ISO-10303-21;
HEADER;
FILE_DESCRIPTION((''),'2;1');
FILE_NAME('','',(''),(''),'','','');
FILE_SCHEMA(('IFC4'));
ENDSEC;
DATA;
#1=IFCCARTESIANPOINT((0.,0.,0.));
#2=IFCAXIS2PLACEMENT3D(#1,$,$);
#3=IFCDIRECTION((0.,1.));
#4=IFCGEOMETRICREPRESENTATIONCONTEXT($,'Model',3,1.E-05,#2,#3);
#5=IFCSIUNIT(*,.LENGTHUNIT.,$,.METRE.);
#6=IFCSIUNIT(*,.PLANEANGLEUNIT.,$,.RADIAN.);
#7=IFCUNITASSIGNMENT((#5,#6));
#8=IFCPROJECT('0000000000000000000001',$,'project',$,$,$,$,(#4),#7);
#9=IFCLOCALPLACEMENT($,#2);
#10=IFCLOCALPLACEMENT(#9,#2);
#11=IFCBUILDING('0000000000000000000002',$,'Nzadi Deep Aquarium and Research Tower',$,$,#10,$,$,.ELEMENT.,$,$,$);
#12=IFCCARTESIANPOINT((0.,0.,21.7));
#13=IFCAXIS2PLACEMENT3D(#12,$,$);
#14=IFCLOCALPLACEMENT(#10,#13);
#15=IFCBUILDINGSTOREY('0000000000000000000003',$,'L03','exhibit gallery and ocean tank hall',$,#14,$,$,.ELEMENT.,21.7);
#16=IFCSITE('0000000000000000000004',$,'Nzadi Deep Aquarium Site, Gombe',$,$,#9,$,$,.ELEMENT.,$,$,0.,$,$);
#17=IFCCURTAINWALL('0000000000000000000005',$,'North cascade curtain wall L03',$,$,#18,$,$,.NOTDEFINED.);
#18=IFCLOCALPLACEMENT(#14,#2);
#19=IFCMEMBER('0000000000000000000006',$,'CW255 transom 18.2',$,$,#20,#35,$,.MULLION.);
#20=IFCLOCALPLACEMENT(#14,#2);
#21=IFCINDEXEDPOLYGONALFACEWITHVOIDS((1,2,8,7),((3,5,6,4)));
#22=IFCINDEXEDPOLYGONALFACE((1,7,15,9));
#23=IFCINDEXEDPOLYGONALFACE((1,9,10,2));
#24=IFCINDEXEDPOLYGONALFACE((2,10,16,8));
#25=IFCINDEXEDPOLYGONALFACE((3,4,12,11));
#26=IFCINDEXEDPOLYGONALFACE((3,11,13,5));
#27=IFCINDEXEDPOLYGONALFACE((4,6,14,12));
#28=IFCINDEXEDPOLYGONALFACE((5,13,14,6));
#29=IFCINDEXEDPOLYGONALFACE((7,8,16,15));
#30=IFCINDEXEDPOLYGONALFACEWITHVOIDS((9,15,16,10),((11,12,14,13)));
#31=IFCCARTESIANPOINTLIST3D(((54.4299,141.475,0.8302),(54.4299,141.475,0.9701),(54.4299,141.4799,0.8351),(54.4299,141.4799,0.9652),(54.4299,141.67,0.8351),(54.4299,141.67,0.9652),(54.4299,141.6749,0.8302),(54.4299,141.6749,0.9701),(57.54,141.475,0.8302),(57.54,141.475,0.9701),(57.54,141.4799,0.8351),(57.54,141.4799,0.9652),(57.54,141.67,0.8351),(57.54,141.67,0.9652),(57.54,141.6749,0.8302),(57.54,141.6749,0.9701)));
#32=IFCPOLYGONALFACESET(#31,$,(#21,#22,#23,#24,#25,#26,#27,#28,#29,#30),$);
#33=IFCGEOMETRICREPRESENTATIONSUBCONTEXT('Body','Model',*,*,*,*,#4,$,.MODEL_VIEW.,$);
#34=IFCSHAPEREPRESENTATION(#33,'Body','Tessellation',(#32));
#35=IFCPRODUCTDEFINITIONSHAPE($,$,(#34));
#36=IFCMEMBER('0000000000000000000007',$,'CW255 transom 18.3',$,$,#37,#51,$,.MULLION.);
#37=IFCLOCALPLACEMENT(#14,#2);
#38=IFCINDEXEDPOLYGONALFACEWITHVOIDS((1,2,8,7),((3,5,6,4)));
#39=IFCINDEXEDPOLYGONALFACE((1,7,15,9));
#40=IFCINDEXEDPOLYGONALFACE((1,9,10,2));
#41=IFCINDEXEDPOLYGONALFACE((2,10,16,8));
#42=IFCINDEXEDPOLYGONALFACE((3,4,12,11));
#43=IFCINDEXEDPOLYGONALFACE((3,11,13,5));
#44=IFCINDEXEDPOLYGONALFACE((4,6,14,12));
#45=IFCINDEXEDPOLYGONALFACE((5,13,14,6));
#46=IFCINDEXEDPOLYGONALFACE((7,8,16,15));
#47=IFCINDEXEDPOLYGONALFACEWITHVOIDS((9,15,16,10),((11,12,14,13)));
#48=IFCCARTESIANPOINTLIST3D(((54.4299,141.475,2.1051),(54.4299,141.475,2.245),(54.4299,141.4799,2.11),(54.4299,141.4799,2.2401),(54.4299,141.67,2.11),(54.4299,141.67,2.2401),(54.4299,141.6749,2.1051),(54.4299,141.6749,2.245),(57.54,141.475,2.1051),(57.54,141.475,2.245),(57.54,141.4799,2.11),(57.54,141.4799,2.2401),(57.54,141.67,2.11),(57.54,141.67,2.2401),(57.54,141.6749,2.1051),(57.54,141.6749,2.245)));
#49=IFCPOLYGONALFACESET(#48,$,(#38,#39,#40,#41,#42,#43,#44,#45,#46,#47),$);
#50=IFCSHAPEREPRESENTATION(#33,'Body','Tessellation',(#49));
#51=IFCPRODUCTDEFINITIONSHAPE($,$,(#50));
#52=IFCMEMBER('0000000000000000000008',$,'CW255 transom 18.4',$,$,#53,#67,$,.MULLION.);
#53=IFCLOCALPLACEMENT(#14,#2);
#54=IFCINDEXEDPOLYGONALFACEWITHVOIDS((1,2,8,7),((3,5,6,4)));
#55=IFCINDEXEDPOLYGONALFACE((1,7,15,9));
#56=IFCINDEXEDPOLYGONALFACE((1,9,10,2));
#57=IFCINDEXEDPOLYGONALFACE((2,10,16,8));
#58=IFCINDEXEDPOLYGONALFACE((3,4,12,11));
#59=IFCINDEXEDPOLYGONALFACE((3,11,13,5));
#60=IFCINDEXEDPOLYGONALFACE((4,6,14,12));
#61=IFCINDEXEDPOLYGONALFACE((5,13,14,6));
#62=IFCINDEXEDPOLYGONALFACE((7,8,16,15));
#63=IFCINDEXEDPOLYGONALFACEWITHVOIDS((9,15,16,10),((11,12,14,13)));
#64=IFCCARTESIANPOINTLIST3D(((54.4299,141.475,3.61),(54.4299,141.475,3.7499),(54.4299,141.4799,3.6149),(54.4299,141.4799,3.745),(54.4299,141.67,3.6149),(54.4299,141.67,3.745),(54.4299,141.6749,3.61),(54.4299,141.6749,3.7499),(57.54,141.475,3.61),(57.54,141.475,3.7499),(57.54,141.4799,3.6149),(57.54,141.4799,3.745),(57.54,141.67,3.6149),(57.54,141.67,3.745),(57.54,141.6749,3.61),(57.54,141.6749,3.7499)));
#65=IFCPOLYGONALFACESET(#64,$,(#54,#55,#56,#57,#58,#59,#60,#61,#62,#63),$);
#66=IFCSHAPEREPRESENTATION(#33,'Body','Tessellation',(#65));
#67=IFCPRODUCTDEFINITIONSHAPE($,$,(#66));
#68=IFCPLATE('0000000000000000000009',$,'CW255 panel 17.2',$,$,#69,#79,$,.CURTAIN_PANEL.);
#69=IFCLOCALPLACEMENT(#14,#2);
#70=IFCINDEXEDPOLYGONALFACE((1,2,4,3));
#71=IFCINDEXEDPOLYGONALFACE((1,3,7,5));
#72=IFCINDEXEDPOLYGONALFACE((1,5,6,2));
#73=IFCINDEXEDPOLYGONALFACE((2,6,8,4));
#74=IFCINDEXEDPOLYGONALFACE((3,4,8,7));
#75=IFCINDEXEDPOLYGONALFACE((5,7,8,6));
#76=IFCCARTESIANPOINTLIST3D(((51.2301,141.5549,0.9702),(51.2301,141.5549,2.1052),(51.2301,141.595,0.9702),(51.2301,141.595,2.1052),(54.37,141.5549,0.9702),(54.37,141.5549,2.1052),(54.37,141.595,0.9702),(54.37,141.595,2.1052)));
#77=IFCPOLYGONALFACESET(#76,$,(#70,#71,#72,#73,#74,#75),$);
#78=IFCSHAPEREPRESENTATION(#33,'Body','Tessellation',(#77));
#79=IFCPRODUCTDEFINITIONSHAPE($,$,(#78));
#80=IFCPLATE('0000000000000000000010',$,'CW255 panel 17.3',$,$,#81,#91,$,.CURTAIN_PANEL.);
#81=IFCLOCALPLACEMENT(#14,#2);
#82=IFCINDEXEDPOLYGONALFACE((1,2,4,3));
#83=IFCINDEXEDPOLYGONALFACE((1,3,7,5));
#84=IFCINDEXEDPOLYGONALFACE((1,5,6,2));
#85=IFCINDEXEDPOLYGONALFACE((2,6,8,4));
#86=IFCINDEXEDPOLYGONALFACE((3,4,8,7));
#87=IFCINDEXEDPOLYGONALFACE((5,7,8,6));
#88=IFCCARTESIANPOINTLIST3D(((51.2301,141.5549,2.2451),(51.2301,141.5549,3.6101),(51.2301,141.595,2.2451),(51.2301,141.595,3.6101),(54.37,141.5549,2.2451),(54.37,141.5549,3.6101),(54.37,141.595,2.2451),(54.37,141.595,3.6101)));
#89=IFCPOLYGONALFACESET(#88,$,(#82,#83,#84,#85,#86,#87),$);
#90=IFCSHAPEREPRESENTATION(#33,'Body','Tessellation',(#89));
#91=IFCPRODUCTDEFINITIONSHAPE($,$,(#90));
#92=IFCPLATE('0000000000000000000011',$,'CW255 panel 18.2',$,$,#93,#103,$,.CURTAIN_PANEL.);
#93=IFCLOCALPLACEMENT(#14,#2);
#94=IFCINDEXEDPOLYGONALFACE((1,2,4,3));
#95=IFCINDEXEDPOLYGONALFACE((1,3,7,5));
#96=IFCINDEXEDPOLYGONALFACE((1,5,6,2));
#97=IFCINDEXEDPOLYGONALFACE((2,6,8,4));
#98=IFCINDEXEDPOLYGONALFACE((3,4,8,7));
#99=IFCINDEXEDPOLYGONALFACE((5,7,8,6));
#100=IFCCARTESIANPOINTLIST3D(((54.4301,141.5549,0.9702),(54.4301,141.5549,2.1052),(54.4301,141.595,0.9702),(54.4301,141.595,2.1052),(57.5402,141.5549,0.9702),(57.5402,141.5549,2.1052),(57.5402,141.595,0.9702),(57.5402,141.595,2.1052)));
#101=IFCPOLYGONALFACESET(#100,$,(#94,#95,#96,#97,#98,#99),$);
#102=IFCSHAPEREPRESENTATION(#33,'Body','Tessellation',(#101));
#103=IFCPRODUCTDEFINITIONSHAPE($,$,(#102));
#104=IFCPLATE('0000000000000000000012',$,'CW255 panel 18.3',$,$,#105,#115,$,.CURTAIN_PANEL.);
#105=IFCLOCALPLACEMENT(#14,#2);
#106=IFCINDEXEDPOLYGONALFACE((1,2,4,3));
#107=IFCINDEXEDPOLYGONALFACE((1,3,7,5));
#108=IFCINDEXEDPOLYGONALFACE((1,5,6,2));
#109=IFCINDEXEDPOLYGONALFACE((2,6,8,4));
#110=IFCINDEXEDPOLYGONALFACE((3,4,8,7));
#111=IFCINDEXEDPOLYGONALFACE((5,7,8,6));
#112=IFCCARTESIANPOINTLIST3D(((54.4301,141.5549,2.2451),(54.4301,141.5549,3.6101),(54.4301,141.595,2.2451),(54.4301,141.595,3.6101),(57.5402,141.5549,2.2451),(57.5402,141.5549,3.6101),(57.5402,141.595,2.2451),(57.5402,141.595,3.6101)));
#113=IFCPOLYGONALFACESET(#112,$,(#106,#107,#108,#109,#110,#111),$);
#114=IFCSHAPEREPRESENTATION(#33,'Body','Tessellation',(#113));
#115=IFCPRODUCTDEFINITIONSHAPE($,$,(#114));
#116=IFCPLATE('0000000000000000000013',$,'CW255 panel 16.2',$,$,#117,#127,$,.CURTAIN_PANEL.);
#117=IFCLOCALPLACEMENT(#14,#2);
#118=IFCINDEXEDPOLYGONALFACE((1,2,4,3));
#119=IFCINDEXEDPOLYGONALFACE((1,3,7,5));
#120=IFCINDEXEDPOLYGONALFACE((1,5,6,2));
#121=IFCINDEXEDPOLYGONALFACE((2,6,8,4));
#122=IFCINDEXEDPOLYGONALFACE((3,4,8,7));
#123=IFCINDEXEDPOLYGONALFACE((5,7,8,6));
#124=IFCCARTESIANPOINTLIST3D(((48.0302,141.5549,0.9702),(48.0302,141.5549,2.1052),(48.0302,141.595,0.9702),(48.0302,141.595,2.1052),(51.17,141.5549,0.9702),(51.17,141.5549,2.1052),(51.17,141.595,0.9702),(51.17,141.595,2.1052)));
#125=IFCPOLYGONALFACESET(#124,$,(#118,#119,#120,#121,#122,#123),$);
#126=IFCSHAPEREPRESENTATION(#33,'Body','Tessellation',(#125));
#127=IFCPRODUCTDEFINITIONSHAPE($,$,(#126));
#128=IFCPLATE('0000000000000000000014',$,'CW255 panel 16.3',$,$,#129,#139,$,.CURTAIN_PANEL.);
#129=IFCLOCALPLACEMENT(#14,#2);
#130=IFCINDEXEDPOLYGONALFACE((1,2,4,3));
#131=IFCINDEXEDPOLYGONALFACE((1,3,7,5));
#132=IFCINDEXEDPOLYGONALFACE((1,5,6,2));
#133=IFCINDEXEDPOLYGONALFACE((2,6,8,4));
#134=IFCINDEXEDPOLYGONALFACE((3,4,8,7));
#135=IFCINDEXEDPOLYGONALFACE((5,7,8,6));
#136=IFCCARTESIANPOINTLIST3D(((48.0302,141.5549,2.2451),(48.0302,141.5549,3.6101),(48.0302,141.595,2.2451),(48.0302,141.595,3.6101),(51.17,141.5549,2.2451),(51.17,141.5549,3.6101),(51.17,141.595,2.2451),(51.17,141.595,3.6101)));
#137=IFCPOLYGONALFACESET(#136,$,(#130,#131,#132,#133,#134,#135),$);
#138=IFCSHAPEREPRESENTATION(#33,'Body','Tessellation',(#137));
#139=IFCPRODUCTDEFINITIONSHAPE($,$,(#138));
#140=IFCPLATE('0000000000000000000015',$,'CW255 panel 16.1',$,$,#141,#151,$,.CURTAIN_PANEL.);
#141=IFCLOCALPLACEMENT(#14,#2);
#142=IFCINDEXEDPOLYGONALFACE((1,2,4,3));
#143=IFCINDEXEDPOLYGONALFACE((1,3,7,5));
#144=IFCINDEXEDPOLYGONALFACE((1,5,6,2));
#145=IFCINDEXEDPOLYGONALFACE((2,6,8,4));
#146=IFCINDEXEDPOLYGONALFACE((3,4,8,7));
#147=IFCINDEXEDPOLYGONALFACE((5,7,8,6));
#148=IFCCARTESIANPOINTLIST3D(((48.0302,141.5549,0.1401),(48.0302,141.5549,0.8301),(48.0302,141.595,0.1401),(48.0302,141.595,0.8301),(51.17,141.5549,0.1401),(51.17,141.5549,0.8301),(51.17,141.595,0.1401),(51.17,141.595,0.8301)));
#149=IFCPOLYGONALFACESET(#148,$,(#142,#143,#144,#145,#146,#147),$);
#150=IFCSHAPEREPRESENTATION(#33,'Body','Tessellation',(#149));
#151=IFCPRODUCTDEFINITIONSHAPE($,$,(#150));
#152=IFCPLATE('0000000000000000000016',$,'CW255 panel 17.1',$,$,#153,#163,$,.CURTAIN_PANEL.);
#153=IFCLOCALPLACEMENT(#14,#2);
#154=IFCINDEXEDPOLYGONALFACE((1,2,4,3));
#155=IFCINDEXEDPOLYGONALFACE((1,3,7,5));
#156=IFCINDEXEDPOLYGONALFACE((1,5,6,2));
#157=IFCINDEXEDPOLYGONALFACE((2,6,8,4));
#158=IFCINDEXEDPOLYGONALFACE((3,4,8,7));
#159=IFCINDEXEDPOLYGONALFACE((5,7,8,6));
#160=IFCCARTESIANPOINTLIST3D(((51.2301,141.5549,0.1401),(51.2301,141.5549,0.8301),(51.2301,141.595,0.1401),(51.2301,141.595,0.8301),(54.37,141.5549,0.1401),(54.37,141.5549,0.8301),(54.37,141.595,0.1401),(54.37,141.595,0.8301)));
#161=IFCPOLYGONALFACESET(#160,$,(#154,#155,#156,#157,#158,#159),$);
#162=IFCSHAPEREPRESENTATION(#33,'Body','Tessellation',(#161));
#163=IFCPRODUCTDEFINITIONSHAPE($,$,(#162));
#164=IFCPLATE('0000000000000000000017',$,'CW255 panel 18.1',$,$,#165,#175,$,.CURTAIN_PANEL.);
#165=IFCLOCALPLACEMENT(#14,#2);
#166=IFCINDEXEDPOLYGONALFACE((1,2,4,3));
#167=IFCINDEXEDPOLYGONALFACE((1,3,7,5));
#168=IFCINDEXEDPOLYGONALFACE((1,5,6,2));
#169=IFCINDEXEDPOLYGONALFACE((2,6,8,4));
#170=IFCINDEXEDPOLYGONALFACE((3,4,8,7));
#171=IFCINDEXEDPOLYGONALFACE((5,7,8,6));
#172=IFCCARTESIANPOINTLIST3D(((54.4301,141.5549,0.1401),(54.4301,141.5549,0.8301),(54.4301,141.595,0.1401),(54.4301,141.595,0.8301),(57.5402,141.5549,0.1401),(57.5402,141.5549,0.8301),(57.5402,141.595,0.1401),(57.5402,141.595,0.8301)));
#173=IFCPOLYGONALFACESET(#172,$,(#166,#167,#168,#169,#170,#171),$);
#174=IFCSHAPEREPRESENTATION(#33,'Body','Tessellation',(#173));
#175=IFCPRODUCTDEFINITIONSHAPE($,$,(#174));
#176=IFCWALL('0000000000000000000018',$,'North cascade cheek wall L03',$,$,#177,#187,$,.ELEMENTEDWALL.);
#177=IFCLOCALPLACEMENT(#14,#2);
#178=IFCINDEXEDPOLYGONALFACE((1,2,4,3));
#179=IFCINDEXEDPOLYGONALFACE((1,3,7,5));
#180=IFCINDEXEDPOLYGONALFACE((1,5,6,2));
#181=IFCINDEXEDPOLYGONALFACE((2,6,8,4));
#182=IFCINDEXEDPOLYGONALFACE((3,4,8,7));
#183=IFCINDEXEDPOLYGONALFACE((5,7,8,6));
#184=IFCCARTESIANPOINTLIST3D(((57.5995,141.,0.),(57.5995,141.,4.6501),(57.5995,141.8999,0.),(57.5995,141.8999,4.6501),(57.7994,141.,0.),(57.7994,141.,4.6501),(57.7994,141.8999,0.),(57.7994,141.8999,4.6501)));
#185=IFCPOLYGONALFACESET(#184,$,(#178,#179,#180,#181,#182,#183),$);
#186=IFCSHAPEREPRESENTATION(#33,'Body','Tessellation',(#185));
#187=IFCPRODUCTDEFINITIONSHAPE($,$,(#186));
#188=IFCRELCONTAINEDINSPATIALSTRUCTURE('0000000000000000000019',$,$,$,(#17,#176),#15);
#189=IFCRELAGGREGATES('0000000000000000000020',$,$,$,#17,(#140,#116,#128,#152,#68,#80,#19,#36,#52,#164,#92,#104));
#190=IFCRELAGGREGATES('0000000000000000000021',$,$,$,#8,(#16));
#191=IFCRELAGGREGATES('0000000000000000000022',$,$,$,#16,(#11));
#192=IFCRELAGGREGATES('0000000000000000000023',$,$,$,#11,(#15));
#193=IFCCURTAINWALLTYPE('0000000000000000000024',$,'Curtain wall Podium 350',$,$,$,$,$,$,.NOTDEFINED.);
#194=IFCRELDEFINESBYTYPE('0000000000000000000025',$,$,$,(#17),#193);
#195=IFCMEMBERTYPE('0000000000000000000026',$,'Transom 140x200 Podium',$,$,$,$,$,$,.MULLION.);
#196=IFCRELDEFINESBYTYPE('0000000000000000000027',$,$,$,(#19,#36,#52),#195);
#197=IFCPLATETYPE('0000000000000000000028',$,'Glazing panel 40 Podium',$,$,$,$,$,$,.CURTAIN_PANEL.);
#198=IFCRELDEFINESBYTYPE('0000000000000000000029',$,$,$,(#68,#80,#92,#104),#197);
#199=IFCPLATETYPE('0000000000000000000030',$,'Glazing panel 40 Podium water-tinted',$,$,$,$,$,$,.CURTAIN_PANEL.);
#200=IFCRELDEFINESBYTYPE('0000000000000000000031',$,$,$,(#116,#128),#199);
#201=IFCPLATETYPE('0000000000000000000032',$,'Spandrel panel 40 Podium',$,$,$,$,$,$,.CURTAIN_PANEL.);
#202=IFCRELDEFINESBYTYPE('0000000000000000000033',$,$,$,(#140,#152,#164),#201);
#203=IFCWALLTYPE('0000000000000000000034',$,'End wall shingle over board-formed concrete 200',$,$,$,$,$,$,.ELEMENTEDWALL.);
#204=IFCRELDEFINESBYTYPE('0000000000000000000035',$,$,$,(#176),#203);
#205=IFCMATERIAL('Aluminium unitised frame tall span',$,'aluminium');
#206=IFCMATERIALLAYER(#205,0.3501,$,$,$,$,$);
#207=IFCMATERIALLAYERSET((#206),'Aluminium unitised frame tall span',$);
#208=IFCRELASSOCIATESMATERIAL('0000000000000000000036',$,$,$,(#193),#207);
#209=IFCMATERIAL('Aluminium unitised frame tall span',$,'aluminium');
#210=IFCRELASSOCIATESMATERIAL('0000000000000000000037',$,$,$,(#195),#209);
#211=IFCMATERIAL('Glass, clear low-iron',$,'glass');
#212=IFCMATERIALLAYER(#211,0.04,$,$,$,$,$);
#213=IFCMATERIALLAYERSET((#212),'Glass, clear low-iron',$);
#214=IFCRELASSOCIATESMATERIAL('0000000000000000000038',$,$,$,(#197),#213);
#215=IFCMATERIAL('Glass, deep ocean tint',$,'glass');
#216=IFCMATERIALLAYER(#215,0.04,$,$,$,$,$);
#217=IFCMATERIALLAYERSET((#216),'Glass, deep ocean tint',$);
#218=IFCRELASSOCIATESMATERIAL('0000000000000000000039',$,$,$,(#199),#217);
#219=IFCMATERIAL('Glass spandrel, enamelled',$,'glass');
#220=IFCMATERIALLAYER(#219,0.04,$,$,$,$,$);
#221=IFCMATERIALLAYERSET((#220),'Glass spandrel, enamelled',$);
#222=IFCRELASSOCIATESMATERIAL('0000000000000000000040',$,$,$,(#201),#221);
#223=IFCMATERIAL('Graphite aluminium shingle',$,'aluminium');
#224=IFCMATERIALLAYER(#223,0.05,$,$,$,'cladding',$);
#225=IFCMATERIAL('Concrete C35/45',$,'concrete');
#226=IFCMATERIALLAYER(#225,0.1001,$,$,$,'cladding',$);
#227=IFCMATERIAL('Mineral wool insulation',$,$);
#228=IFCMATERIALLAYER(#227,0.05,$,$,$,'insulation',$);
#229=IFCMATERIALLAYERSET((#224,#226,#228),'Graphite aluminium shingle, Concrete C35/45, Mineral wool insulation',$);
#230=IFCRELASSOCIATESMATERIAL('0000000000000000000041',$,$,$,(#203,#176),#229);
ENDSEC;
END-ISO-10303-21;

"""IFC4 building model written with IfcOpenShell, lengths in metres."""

from ifc_helpers import new_model, si_unit, direction, frame, frame_2d, origin, origin_2d, place, context, subcontext, project, spatial, rectangle, hollow_rectangle, extrude, material, layer, layer_set, layer_usage, material_profile, profile_set, type_object, element, aggregate, save


model = new_model("IFC4")

# Units and contexts
model_context = context("Model", 3, precision=1e-05, world=origin(), true_north=direction((0.0, 1.0)))
body_context = subcontext(model_context, "Body", "Model", "MODEL_VIEW")
ifc_project = project(units=[si_unit("LENGTHUNIT", "METRE"), si_unit("PLANEANGLEUNIT", "RADIAN")], contexts=[model_context])

# Site, building, storey
site_placement = place(None, origin())
site = spatial("IfcSite", under=ifc_project, at=site_placement, Name="Nzadi Deep Aquarium Site, Gombe", CompositionType="ELEMENT", RefElevation=0.0)
building_placement = place(site_placement, origin())
building = spatial("IfcBuilding", under=site, at=building_placement, Name="Nzadi Deep Aquarium and Research Tower", CompositionType="ELEMENT")
storey_placement = place(building_placement, frame((0.0, 0.0, 21.7)))
storey = spatial("IfcBuildingStorey", under=building, at=storey_placement, Name="L03", Description="exhibit gallery and ocean tank hall", CompositionType="ELEMENT", Elevation=21.7)

# Curtain wall
ifc_material_1 = material(Name="Aluminium unitised frame tall span", Category="aluminium")
ifc_layer_1 = layer(ifc_material_1, 0.3501)
ifc_layer_set_1 = layer_set([ifc_layer_1], Name="Aluminium unitised frame tall span")
curtain_wall_type = type_object("IfcCurtainWallType", Name="Curtain wall Podium 350", PredefinedType="NOTDEFINED", material=ifc_layer_set_1)
curtain_wall_placement = place(storey_placement, origin())
curtain_wall = element("IfcCurtainWall", 1, at=curtain_wall_placement, inside=storey, type_object=curtain_wall_type, Name="North cascade curtain wall L03", PredefinedType="NOTDEFINED")

# Members
ifc_material_2 = material(Name="Aluminium unitised frame tall span", Category="aluminium")
ifc_material_profile_1 = material_profile(ifc_material_2, hollow_rectangle(XDim=0.2, YDim=0.1399, WallThickness=0.0049, at=origin_2d()))
ifc_profile_set_1 = profile_set([ifc_material_profile_1], Name="Aluminium unitised frame tall span")
member_type_1 = type_object("IfcMemberType", Name="Transom 140x200 Podium", PredefinedType="MULLION", material=ifc_profile_set_1)
member_1_placement = place(storey_placement, frame((54.4299, 141.575, 0.9001), z_axis=(1.0, 0.0, 0.0), x_axis=(0.0, 1.0, 0.0)))
member_1 = element("IfcMember", 2, at=member_1_placement, type_object=member_type_1, Name="CW255 transom 18.2", PredefinedType="MULLION", context=body_context, shape_type="SweptSolid", body=[
    extrude(hollow_rectangle(XDim=0.2, YDim=0.1399, WallThickness=0.0049, at=origin_2d()), origin(), (0.0, 0.0, 1.0), 3.1101),
])
member_2_placement = place(storey_placement, frame((54.4299, 141.575, 2.175), z_axis=(1.0, 0.0, 0.0), x_axis=(0.0, 1.0, 0.0)))
member_2 = element("IfcMember", 3, at=member_2_placement, type_object=member_type_1, Name="CW255 transom 18.3", PredefinedType="MULLION", context=body_context, shape_type="SweptSolid", body=[
    extrude(hollow_rectangle(XDim=0.2, YDim=0.1399, WallThickness=0.0049, at=origin_2d()), origin(), (0.0, 0.0, 1.0), 3.1101),
])
member_3_placement = place(storey_placement, frame((54.4299, 141.575, 3.6799), z_axis=(1.0, 0.0, 0.0), x_axis=(0.0, 1.0, 0.0)))
member_3 = element("IfcMember", 4, at=member_3_placement, type_object=member_type_1, Name="CW255 transom 18.4", PredefinedType="MULLION", context=body_context, shape_type="SweptSolid", body=[
    extrude(hollow_rectangle(XDim=0.2, YDim=0.1399, WallThickness=0.0049, at=origin_2d()), origin(), (0.0, 0.0, 1.0), 3.1101),
])

# Plates
ifc_material_3 = material(Name="Glass, clear low-iron", Category="glass")
ifc_layer_2 = layer(ifc_material_3, 0.04)
ifc_layer_set_2 = layer_set([ifc_layer_2], Name="Glass, clear low-iron")
plate_type_1 = type_object("IfcPlateType", Name="Glazing panel 40 Podium", PredefinedType="CURTAIN_PANEL", material=ifc_layer_set_2)
plate_1_placement = place(storey_placement, frame((52.8, 141.575, 0.9702), z_axis=(0.0, 0.0, 1.0), x_axis=(1.0, 0.0, 0.0)))
plate_1 = element("IfcPlate", 5, at=plate_1_placement, type_object=plate_type_1, Name="CW255 panel 17.2", PredefinedType="CURTAIN_PANEL", context=body_context, shape_type="SweptSolid", body=[
    extrude(rectangle(XDim=3.1399, YDim=0.04, at=origin_2d()), origin(), (0.0, 0.0, 1.0), 1.135),
])
plate_2_placement = place(storey_placement, frame((52.8, 141.575, 2.2451), z_axis=(0.0, 0.0, 1.0), x_axis=(1.0, 0.0, 0.0)))
plate_2 = element("IfcPlate", 6, at=plate_2_placement, type_object=plate_type_1, Name="CW255 panel 17.3", PredefinedType="CURTAIN_PANEL", context=body_context, shape_type="SweptSolid", body=[
    extrude(rectangle(XDim=3.1399, YDim=0.04, at=origin_2d()), origin(), (0.0, 0.0, 1.0), 1.365),
])
plate_3_placement = place(storey_placement, frame((55.9851, 141.575, 0.9702), z_axis=(0.0, 0.0, 1.0), x_axis=(1.0, 0.0, 0.0)))
plate_3 = element("IfcPlate", 7, at=plate_3_placement, type_object=plate_type_1, Name="CW255 panel 18.2", PredefinedType="CURTAIN_PANEL", context=body_context, shape_type="SweptSolid", body=[
    extrude(rectangle(XDim=3.1101, YDim=0.04, at=origin_2d()), origin(), (0.0, 0.0, 1.0), 1.135),
])
plate_4_placement = place(storey_placement, frame((55.9851, 141.575, 2.2451), z_axis=(0.0, 0.0, 1.0), x_axis=(1.0, 0.0, 0.0)))
plate_4 = element("IfcPlate", 8, at=plate_4_placement, type_object=plate_type_1, Name="CW255 panel 18.3", PredefinedType="CURTAIN_PANEL", context=body_context, shape_type="SweptSolid", body=[
    extrude(rectangle(XDim=3.1101, YDim=0.04, at=origin_2d()), origin(), (0.0, 0.0, 1.0), 1.365),
])
ifc_material_4 = material(Name="Glass, deep ocean tint", Category="glass")
ifc_layer_3 = layer(ifc_material_4, 0.04)
ifc_layer_set_3 = layer_set([ifc_layer_3], Name="Glass, deep ocean tint")
plate_type_2 = type_object("IfcPlateType", Name="Glazing panel 40 Podium water-tinted", PredefinedType="CURTAIN_PANEL", material=ifc_layer_set_3)
plate_5_placement = place(storey_placement, frame((49.6001, 141.575, 0.9702), z_axis=(0.0, 0.0, 1.0), x_axis=(1.0, 0.0, 0.0)))
plate_5 = element("IfcPlate", 9, at=plate_5_placement, type_object=plate_type_2, Name="CW255 panel 16.2", PredefinedType="CURTAIN_PANEL", context=body_context, shape_type="SweptSolid", body=[
    extrude(rectangle(XDim=3.1399, YDim=0.04, at=origin_2d()), origin(), (0.0, 0.0, 1.0), 1.135),
])
plate_6_placement = place(storey_placement, frame((49.6001, 141.575, 2.2451), z_axis=(0.0, 0.0, 1.0), x_axis=(1.0, 0.0, 0.0)))
plate_6 = element("IfcPlate", 10, at=plate_6_placement, type_object=plate_type_2, Name="CW255 panel 16.3", PredefinedType="CURTAIN_PANEL", context=body_context, shape_type="SweptSolid", body=[
    extrude(rectangle(XDim=3.1399, YDim=0.04, at=origin_2d()), origin(), (0.0, 0.0, 1.0), 1.365),
])
ifc_material_5 = material(Name="Glass spandrel, enamelled", Category="glass")
ifc_layer_4 = layer(ifc_material_5, 0.04)
ifc_layer_set_4 = layer_set([ifc_layer_4], Name="Glass spandrel, enamelled")
plate_type_3 = type_object("IfcPlateType", Name="Spandrel panel 40 Podium", PredefinedType="CURTAIN_PANEL", material=ifc_layer_set_4)
plate_7_placement = place(storey_placement, frame((49.6001, 141.575, 0.1401), z_axis=(0.0, 0.0, 1.0), x_axis=(1.0, 0.0, 0.0)))
plate_7 = element("IfcPlate", 11, at=plate_7_placement, type_object=plate_type_3, Name="CW255 panel 16.1", PredefinedType="CURTAIN_PANEL", context=body_context, shape_type="SweptSolid", body=[
    extrude(rectangle(XDim=3.1399, YDim=0.04, at=origin_2d()), origin(), (0.0, 0.0, 1.0), 0.6899),
])
plate_8_placement = place(storey_placement, frame((52.8, 141.575, 0.1401), z_axis=(0.0, 0.0, 1.0), x_axis=(1.0, 0.0, 0.0)))
plate_8 = element("IfcPlate", 12, at=plate_8_placement, type_object=plate_type_3, Name="CW255 panel 17.1", PredefinedType="CURTAIN_PANEL", context=body_context, shape_type="SweptSolid", body=[
    extrude(rectangle(XDim=3.1399, YDim=0.04, at=origin_2d()), origin(), (0.0, 0.0, 1.0), 0.6899),
])
plate_9_placement = place(storey_placement, frame((55.9851, 141.575, 0.1401), z_axis=(0.0, 0.0, 1.0), x_axis=(1.0, 0.0, 0.0)))
plate_9 = element("IfcPlate", 13, at=plate_9_placement, type_object=plate_type_3, Name="CW255 panel 18.1", PredefinedType="CURTAIN_PANEL", context=body_context, shape_type="SweptSolid", body=[
    extrude(rectangle(XDim=3.1101, YDim=0.04, at=origin_2d()), origin(), (0.0, 0.0, 1.0), 0.6899),
])
aggregate(curtain_wall, [plate_7, plate_5, plate_6, plate_8, plate_1, plate_2, member_1, member_2, member_3, plate_9, plate_3, plate_4])

# Wall
ifc_material_6 = material(Name="Graphite aluminium shingle", Category="aluminium")
ifc_layer_5 = layer(ifc_material_6, 0.05, Category="cladding")
ifc_material_7 = material(Name="Concrete C35/45", Category="concrete")
ifc_layer_6 = layer(ifc_material_7, 0.1001, Category="cladding")
ifc_material_8 = material(Name="Mineral wool insulation")
ifc_layer_7 = layer(ifc_material_8, 0.05, Category="insulation")
ifc_layer_set_5 = layer_set([ifc_layer_5, ifc_layer_6, ifc_layer_7], Name="Graphite aluminium shingle, Concrete C35/45, Mineral wool insulation")
ifc_layer_usage = layer_usage(ifc_layer_set_5, "AXIS2", "POSITIVE", -0.1)
wall_type = type_object("IfcWallType", Name="End wall shingle over board-formed concrete 200", PredefinedType="ELEMENTEDWALL", material=ifc_layer_set_5)
wall_placement = place(storey_placement, frame((57.6995, 141.0, 0.0), z_axis=(0.0, 0.0, 1.0), x_axis=(0.0, 1.0, 0.0)))
element("IfcWall", 14, at=wall_placement, inside=storey, type_object=wall_type, material=ifc_layer_usage, Name="North cascade cheek wall L03", PredefinedType="ELEMENTEDWALL", context=body_context, shape_type="SweptSolid", body=[
    extrude(rectangle(XDim=0.8999, YDim=0.2, at=frame_2d((0.45, 0.0))), origin(), (0.0, 0.0, 1.0), 4.6501),
])

save(model, "model.ifc")
